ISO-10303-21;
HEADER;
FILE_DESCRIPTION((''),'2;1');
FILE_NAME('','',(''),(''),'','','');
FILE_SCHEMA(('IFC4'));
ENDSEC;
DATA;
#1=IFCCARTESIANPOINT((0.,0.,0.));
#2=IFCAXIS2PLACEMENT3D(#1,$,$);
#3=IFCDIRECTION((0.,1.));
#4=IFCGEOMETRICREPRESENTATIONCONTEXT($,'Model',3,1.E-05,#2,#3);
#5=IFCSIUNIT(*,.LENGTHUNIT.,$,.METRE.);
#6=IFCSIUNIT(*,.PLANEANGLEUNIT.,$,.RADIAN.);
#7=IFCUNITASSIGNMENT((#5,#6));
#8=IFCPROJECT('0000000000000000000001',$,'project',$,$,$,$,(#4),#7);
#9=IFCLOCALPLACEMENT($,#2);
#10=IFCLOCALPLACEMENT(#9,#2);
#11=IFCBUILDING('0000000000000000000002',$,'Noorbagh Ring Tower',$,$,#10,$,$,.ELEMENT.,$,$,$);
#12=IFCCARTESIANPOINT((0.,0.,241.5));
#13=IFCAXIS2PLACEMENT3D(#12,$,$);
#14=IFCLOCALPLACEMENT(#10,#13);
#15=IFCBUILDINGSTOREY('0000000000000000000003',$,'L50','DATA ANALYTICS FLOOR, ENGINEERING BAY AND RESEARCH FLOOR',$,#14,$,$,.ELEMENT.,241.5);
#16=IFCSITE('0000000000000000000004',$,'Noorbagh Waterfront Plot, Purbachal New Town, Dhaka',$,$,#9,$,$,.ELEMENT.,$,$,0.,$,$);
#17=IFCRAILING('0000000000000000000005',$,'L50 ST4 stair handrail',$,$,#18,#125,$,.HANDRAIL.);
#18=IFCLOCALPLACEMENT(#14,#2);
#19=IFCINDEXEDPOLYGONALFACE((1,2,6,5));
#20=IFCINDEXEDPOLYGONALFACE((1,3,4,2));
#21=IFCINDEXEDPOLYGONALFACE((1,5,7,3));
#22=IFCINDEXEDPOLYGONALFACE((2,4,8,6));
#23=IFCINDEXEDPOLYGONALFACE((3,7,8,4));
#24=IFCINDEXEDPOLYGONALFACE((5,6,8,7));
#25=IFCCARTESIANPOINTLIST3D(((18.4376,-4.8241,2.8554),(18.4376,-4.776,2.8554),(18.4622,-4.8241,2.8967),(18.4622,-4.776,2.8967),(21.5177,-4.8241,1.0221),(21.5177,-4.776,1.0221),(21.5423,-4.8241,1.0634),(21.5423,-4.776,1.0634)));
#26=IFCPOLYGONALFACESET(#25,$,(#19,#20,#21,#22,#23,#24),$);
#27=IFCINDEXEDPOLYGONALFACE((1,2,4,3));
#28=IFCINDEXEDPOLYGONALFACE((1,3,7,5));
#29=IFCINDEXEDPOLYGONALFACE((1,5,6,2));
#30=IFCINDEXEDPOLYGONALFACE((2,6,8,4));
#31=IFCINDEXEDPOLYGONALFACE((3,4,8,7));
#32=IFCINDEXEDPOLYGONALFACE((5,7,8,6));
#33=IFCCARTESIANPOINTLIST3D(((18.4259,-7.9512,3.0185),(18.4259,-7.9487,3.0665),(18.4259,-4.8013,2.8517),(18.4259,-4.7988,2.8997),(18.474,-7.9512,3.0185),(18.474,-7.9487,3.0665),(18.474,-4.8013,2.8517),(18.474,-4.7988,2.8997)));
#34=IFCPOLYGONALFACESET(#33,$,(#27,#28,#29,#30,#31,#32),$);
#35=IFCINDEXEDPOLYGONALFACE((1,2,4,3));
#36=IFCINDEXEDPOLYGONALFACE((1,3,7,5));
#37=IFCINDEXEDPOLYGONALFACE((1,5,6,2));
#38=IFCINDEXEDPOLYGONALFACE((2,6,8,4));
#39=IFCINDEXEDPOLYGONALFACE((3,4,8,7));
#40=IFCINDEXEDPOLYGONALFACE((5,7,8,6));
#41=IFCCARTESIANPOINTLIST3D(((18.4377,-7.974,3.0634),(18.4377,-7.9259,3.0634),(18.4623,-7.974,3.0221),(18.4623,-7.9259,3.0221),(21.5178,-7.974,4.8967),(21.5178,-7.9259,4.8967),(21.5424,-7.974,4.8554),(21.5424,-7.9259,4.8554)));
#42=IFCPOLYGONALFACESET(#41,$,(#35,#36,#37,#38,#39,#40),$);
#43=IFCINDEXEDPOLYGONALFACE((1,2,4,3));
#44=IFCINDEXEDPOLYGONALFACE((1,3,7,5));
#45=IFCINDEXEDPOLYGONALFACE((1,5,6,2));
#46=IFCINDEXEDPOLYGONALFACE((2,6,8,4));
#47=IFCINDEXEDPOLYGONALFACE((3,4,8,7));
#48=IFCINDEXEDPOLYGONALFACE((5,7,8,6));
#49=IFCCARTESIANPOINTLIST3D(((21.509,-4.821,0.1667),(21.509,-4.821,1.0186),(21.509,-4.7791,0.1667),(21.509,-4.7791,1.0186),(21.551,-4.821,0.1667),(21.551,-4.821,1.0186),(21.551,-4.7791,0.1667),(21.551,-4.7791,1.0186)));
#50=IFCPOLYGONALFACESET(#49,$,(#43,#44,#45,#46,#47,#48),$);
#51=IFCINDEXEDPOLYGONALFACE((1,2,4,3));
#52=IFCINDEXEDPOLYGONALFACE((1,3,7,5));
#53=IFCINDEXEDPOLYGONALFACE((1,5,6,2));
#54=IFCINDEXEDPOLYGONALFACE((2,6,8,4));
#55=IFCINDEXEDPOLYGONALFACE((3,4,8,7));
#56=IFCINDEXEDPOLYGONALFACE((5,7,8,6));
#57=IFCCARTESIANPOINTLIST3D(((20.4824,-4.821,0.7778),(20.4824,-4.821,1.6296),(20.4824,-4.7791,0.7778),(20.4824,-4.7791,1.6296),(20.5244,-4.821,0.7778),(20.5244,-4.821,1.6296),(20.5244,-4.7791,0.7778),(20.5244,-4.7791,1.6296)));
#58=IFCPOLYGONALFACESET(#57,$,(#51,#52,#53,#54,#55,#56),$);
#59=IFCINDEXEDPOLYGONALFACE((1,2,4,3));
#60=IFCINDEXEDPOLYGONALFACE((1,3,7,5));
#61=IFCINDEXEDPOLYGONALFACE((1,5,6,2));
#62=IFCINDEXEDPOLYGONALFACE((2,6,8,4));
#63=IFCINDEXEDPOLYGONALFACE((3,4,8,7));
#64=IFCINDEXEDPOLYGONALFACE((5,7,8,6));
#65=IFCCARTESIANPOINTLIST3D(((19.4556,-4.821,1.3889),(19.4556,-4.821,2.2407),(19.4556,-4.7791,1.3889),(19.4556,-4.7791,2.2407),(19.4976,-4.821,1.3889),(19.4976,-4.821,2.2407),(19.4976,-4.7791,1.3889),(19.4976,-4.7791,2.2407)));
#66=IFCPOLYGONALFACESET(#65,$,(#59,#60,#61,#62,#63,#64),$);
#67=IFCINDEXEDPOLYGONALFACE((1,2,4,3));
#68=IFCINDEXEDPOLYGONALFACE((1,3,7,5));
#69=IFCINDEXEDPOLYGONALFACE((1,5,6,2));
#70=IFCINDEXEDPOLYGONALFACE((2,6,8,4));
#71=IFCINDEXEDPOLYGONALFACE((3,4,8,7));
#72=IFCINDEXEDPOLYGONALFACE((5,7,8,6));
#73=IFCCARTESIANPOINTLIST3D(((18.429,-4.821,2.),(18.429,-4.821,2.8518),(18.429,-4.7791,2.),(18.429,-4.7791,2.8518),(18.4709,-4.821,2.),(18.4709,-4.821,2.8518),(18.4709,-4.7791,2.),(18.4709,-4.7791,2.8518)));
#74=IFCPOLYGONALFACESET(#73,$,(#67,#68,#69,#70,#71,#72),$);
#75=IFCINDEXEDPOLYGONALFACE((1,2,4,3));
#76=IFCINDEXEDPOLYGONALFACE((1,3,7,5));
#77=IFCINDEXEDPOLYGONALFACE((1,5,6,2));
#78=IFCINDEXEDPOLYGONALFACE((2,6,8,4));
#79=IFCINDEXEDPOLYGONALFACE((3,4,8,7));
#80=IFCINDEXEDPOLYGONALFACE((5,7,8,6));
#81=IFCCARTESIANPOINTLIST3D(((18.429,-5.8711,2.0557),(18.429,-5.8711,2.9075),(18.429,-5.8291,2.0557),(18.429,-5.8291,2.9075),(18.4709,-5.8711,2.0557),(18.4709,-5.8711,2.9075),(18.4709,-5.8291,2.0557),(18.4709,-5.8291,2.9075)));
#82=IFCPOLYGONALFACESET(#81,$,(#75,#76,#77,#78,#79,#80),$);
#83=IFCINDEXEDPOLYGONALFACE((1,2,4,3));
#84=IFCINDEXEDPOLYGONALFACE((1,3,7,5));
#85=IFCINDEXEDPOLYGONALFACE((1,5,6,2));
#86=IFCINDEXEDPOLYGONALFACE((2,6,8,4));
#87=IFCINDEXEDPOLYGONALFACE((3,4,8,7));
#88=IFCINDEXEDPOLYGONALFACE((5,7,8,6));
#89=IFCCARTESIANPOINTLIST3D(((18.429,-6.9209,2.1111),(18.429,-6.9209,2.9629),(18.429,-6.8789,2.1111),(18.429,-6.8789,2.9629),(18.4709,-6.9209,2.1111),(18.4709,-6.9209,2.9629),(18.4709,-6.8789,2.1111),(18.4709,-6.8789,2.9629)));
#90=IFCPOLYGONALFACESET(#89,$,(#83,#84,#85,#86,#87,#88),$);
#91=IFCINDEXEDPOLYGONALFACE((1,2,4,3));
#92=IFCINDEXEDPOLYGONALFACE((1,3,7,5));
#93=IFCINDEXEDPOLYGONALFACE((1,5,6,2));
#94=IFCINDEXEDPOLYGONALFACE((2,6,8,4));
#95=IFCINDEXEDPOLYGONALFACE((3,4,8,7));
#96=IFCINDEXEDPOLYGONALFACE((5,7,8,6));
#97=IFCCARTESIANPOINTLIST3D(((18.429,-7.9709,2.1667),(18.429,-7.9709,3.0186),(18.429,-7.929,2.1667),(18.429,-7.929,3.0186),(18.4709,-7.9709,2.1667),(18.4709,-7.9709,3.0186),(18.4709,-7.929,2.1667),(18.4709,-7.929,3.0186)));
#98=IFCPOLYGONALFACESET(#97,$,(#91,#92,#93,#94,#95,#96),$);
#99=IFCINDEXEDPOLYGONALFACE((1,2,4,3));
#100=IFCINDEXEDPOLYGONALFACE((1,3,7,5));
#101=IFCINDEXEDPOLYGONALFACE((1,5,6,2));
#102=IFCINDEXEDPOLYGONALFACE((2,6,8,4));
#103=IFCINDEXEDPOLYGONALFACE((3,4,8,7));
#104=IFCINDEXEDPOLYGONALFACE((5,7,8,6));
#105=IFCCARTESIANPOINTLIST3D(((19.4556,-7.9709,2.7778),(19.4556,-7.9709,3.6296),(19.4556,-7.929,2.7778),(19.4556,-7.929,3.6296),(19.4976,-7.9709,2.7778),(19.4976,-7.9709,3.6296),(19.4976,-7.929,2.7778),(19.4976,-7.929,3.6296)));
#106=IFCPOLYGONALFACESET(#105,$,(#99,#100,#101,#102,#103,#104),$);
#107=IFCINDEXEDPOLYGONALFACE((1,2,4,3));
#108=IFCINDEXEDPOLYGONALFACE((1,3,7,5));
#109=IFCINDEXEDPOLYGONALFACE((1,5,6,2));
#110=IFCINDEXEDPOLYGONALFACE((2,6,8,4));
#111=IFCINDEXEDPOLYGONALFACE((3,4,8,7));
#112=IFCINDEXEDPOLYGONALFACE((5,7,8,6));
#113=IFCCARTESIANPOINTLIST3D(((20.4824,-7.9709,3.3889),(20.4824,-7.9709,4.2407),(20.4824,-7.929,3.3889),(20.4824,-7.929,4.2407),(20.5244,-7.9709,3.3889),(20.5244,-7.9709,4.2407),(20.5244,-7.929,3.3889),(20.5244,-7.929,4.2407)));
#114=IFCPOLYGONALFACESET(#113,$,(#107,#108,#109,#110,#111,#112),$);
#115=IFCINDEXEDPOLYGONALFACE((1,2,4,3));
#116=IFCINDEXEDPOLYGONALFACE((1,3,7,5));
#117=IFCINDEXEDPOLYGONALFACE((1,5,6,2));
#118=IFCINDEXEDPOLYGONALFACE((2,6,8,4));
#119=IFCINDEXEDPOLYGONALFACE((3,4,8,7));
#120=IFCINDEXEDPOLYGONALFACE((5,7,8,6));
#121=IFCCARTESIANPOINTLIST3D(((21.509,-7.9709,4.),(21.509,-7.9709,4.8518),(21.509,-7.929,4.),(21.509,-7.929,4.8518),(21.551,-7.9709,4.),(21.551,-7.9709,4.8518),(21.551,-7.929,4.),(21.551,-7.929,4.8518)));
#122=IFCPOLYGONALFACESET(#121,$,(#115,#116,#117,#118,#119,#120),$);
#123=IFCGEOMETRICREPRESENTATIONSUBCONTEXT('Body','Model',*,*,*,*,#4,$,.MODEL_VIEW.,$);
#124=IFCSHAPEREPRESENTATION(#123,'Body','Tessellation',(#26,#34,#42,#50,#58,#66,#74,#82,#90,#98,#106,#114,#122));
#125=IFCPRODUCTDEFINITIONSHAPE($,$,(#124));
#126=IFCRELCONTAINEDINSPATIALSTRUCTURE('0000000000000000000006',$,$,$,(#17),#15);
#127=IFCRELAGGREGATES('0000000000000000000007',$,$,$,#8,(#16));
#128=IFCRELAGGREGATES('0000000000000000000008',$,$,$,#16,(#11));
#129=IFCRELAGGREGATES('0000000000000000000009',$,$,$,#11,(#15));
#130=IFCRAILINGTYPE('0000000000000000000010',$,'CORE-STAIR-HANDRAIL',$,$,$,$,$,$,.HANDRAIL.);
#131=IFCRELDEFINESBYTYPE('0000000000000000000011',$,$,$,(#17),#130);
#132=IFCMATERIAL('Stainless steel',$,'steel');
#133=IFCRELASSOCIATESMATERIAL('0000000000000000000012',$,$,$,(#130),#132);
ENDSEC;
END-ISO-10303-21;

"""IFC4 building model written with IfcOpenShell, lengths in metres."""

from ifc_helpers import new_model, si_unit, direction, frame, origin, origin_2d, place, context, subcontext, project, spatial, rectangle, extrude, material, type_object, element, save


model = new_model("IFC4")

# Units and contexts
model_context = context("Model", 3, precision=1e-05, world=origin(), true_north=direction((0.0, 1.0)))
body_context = subcontext(model_context, "Body", "Model", "MODEL_VIEW")
ifc_project = project(units=[si_unit("LENGTHUNIT", "METRE"), si_unit("PLANEANGLEUNIT", "RADIAN")], contexts=[model_context])

# Site, building, storey
site_placement = place(None, origin())
site = spatial("IfcSite", under=ifc_project, at=site_placement, Name="Noorbagh Waterfront Plot, Purbachal New Town, Dhaka", CompositionType="ELEMENT", RefElevation=0.0)
building_placement = place(site_placement, origin())
building = spatial("IfcBuilding", under=site, at=building_placement, Name="Noorbagh Ring Tower", CompositionType="ELEMENT")
storey_placement = place(building_placement, frame((0.0, 0.0, 241.5)))
storey = spatial("IfcBuildingStorey", under=building, at=storey_placement, Name="L50", Description="DATA ANALYTICS FLOOR, ENGINEERING BAY AND RESEARCH FLOOR", CompositionType="ELEMENT", Elevation=241.5)

# Railing
ifc_material_1 = material(Name="Stainless steel", Category="steel")
railing_type_1 = type_object("IfcRailingType", Name="CORE-STAIR-HANDRAIL", PredefinedType="HANDRAIL", material=ifc_material_1)
railing_1_placement = place(storey_placement, frame((21.53, -4.8, 0.1667)))
element("IfcRailing", 1, at=railing_1_placement, inside=storey, type_object=railing_type_1, Name="L50 ST4 stair handrail", PredefinedType="HANDRAIL", context=body_context, shape_type="SweptSolid", body=[
    extrude(rectangle(XDim=0.0481, YDim=0.0481, at=origin_2d()), frame((0.0, 0.0, 0.876), z_axis=(-0.859309, 0.0, 0.511458), x_axis=(0.0, -1.0, 0.0)), (0.0, 0.0, 1.0), 3.5845),
    extrude(rectangle(XDim=0.0481, YDim=0.0481, at=origin_2d()), frame((-3.0801, 0.0, 2.709), z_axis=(0.0, -0.998602, 0.052864), x_axis=(1.0, 0.0, 0.0)), (0.0, 0.0, 1.0), 3.1543),
    extrude(rectangle(XDim=0.0481, YDim=0.0481, at=origin_2d()), frame((-3.0801, -3.1499, 2.876), z_axis=(0.859309, 0.0, 0.511458), x_axis=(0.0, 1.0, 0.0)), (0.0, 0.0, 1.0), 3.5845),
    extrude(rectangle(XDim=0.042, YDim=0.042, at=origin_2d()), origin(), (0.0, 0.0, 1.0), 0.8518),
    extrude(rectangle(XDim=0.042, YDim=0.042, at=origin_2d()), frame((-1.0266, 0.0, 0.6111)), (0.0, 0.0, 1.0), 0.8518),
    extrude(rectangle(XDim=0.042, YDim=0.042, at=origin_2d()), frame((-2.0535, 0.0, 1.2222)), (0.0, 0.0, 1.0), 0.8518),
    extrude(rectangle(XDim=0.042, YDim=0.042, at=origin_2d()), frame((-3.0801, 0.0, 1.8333)), (0.0, 0.0, 1.0), 0.8518),
    extrude(rectangle(XDim=0.042, YDim=0.042, at=origin_2d()), frame((-3.0801, -1.05, 1.8889)), (0.0, 0.0, 1.0), 0.8518),
    extrude(rectangle(XDim=0.042, YDim=0.042, at=origin_2d()), frame((-3.0801, -2.0999, 1.9443)), (0.0, 0.0, 1.0), 0.8518),
    extrude(rectangle(XDim=0.042, YDim=0.042, at=origin_2d()), frame((-3.0801, -3.1499, 2.0)), (0.0, 0.0, 1.0), 0.8518),
    extrude(rectangle(XDim=0.042, YDim=0.042, at=origin_2d()), frame((-2.0535, -3.1499, 2.6111)), (0.0, 0.0, 1.0), 0.8518),
    extrude(rectangle(XDim=0.042, YDim=0.042, at=origin_2d()), frame((-1.0266, -3.1499, 3.2222)), (0.0, 0.0, 1.0), 0.8518),
    extrude(rectangle(XDim=0.042, YDim=0.042, at=origin_2d()), frame((0.0, -3.1499, 3.8333)), (0.0, 0.0, 1.0), 0.8518),
])

save(model, "model.ifc")
